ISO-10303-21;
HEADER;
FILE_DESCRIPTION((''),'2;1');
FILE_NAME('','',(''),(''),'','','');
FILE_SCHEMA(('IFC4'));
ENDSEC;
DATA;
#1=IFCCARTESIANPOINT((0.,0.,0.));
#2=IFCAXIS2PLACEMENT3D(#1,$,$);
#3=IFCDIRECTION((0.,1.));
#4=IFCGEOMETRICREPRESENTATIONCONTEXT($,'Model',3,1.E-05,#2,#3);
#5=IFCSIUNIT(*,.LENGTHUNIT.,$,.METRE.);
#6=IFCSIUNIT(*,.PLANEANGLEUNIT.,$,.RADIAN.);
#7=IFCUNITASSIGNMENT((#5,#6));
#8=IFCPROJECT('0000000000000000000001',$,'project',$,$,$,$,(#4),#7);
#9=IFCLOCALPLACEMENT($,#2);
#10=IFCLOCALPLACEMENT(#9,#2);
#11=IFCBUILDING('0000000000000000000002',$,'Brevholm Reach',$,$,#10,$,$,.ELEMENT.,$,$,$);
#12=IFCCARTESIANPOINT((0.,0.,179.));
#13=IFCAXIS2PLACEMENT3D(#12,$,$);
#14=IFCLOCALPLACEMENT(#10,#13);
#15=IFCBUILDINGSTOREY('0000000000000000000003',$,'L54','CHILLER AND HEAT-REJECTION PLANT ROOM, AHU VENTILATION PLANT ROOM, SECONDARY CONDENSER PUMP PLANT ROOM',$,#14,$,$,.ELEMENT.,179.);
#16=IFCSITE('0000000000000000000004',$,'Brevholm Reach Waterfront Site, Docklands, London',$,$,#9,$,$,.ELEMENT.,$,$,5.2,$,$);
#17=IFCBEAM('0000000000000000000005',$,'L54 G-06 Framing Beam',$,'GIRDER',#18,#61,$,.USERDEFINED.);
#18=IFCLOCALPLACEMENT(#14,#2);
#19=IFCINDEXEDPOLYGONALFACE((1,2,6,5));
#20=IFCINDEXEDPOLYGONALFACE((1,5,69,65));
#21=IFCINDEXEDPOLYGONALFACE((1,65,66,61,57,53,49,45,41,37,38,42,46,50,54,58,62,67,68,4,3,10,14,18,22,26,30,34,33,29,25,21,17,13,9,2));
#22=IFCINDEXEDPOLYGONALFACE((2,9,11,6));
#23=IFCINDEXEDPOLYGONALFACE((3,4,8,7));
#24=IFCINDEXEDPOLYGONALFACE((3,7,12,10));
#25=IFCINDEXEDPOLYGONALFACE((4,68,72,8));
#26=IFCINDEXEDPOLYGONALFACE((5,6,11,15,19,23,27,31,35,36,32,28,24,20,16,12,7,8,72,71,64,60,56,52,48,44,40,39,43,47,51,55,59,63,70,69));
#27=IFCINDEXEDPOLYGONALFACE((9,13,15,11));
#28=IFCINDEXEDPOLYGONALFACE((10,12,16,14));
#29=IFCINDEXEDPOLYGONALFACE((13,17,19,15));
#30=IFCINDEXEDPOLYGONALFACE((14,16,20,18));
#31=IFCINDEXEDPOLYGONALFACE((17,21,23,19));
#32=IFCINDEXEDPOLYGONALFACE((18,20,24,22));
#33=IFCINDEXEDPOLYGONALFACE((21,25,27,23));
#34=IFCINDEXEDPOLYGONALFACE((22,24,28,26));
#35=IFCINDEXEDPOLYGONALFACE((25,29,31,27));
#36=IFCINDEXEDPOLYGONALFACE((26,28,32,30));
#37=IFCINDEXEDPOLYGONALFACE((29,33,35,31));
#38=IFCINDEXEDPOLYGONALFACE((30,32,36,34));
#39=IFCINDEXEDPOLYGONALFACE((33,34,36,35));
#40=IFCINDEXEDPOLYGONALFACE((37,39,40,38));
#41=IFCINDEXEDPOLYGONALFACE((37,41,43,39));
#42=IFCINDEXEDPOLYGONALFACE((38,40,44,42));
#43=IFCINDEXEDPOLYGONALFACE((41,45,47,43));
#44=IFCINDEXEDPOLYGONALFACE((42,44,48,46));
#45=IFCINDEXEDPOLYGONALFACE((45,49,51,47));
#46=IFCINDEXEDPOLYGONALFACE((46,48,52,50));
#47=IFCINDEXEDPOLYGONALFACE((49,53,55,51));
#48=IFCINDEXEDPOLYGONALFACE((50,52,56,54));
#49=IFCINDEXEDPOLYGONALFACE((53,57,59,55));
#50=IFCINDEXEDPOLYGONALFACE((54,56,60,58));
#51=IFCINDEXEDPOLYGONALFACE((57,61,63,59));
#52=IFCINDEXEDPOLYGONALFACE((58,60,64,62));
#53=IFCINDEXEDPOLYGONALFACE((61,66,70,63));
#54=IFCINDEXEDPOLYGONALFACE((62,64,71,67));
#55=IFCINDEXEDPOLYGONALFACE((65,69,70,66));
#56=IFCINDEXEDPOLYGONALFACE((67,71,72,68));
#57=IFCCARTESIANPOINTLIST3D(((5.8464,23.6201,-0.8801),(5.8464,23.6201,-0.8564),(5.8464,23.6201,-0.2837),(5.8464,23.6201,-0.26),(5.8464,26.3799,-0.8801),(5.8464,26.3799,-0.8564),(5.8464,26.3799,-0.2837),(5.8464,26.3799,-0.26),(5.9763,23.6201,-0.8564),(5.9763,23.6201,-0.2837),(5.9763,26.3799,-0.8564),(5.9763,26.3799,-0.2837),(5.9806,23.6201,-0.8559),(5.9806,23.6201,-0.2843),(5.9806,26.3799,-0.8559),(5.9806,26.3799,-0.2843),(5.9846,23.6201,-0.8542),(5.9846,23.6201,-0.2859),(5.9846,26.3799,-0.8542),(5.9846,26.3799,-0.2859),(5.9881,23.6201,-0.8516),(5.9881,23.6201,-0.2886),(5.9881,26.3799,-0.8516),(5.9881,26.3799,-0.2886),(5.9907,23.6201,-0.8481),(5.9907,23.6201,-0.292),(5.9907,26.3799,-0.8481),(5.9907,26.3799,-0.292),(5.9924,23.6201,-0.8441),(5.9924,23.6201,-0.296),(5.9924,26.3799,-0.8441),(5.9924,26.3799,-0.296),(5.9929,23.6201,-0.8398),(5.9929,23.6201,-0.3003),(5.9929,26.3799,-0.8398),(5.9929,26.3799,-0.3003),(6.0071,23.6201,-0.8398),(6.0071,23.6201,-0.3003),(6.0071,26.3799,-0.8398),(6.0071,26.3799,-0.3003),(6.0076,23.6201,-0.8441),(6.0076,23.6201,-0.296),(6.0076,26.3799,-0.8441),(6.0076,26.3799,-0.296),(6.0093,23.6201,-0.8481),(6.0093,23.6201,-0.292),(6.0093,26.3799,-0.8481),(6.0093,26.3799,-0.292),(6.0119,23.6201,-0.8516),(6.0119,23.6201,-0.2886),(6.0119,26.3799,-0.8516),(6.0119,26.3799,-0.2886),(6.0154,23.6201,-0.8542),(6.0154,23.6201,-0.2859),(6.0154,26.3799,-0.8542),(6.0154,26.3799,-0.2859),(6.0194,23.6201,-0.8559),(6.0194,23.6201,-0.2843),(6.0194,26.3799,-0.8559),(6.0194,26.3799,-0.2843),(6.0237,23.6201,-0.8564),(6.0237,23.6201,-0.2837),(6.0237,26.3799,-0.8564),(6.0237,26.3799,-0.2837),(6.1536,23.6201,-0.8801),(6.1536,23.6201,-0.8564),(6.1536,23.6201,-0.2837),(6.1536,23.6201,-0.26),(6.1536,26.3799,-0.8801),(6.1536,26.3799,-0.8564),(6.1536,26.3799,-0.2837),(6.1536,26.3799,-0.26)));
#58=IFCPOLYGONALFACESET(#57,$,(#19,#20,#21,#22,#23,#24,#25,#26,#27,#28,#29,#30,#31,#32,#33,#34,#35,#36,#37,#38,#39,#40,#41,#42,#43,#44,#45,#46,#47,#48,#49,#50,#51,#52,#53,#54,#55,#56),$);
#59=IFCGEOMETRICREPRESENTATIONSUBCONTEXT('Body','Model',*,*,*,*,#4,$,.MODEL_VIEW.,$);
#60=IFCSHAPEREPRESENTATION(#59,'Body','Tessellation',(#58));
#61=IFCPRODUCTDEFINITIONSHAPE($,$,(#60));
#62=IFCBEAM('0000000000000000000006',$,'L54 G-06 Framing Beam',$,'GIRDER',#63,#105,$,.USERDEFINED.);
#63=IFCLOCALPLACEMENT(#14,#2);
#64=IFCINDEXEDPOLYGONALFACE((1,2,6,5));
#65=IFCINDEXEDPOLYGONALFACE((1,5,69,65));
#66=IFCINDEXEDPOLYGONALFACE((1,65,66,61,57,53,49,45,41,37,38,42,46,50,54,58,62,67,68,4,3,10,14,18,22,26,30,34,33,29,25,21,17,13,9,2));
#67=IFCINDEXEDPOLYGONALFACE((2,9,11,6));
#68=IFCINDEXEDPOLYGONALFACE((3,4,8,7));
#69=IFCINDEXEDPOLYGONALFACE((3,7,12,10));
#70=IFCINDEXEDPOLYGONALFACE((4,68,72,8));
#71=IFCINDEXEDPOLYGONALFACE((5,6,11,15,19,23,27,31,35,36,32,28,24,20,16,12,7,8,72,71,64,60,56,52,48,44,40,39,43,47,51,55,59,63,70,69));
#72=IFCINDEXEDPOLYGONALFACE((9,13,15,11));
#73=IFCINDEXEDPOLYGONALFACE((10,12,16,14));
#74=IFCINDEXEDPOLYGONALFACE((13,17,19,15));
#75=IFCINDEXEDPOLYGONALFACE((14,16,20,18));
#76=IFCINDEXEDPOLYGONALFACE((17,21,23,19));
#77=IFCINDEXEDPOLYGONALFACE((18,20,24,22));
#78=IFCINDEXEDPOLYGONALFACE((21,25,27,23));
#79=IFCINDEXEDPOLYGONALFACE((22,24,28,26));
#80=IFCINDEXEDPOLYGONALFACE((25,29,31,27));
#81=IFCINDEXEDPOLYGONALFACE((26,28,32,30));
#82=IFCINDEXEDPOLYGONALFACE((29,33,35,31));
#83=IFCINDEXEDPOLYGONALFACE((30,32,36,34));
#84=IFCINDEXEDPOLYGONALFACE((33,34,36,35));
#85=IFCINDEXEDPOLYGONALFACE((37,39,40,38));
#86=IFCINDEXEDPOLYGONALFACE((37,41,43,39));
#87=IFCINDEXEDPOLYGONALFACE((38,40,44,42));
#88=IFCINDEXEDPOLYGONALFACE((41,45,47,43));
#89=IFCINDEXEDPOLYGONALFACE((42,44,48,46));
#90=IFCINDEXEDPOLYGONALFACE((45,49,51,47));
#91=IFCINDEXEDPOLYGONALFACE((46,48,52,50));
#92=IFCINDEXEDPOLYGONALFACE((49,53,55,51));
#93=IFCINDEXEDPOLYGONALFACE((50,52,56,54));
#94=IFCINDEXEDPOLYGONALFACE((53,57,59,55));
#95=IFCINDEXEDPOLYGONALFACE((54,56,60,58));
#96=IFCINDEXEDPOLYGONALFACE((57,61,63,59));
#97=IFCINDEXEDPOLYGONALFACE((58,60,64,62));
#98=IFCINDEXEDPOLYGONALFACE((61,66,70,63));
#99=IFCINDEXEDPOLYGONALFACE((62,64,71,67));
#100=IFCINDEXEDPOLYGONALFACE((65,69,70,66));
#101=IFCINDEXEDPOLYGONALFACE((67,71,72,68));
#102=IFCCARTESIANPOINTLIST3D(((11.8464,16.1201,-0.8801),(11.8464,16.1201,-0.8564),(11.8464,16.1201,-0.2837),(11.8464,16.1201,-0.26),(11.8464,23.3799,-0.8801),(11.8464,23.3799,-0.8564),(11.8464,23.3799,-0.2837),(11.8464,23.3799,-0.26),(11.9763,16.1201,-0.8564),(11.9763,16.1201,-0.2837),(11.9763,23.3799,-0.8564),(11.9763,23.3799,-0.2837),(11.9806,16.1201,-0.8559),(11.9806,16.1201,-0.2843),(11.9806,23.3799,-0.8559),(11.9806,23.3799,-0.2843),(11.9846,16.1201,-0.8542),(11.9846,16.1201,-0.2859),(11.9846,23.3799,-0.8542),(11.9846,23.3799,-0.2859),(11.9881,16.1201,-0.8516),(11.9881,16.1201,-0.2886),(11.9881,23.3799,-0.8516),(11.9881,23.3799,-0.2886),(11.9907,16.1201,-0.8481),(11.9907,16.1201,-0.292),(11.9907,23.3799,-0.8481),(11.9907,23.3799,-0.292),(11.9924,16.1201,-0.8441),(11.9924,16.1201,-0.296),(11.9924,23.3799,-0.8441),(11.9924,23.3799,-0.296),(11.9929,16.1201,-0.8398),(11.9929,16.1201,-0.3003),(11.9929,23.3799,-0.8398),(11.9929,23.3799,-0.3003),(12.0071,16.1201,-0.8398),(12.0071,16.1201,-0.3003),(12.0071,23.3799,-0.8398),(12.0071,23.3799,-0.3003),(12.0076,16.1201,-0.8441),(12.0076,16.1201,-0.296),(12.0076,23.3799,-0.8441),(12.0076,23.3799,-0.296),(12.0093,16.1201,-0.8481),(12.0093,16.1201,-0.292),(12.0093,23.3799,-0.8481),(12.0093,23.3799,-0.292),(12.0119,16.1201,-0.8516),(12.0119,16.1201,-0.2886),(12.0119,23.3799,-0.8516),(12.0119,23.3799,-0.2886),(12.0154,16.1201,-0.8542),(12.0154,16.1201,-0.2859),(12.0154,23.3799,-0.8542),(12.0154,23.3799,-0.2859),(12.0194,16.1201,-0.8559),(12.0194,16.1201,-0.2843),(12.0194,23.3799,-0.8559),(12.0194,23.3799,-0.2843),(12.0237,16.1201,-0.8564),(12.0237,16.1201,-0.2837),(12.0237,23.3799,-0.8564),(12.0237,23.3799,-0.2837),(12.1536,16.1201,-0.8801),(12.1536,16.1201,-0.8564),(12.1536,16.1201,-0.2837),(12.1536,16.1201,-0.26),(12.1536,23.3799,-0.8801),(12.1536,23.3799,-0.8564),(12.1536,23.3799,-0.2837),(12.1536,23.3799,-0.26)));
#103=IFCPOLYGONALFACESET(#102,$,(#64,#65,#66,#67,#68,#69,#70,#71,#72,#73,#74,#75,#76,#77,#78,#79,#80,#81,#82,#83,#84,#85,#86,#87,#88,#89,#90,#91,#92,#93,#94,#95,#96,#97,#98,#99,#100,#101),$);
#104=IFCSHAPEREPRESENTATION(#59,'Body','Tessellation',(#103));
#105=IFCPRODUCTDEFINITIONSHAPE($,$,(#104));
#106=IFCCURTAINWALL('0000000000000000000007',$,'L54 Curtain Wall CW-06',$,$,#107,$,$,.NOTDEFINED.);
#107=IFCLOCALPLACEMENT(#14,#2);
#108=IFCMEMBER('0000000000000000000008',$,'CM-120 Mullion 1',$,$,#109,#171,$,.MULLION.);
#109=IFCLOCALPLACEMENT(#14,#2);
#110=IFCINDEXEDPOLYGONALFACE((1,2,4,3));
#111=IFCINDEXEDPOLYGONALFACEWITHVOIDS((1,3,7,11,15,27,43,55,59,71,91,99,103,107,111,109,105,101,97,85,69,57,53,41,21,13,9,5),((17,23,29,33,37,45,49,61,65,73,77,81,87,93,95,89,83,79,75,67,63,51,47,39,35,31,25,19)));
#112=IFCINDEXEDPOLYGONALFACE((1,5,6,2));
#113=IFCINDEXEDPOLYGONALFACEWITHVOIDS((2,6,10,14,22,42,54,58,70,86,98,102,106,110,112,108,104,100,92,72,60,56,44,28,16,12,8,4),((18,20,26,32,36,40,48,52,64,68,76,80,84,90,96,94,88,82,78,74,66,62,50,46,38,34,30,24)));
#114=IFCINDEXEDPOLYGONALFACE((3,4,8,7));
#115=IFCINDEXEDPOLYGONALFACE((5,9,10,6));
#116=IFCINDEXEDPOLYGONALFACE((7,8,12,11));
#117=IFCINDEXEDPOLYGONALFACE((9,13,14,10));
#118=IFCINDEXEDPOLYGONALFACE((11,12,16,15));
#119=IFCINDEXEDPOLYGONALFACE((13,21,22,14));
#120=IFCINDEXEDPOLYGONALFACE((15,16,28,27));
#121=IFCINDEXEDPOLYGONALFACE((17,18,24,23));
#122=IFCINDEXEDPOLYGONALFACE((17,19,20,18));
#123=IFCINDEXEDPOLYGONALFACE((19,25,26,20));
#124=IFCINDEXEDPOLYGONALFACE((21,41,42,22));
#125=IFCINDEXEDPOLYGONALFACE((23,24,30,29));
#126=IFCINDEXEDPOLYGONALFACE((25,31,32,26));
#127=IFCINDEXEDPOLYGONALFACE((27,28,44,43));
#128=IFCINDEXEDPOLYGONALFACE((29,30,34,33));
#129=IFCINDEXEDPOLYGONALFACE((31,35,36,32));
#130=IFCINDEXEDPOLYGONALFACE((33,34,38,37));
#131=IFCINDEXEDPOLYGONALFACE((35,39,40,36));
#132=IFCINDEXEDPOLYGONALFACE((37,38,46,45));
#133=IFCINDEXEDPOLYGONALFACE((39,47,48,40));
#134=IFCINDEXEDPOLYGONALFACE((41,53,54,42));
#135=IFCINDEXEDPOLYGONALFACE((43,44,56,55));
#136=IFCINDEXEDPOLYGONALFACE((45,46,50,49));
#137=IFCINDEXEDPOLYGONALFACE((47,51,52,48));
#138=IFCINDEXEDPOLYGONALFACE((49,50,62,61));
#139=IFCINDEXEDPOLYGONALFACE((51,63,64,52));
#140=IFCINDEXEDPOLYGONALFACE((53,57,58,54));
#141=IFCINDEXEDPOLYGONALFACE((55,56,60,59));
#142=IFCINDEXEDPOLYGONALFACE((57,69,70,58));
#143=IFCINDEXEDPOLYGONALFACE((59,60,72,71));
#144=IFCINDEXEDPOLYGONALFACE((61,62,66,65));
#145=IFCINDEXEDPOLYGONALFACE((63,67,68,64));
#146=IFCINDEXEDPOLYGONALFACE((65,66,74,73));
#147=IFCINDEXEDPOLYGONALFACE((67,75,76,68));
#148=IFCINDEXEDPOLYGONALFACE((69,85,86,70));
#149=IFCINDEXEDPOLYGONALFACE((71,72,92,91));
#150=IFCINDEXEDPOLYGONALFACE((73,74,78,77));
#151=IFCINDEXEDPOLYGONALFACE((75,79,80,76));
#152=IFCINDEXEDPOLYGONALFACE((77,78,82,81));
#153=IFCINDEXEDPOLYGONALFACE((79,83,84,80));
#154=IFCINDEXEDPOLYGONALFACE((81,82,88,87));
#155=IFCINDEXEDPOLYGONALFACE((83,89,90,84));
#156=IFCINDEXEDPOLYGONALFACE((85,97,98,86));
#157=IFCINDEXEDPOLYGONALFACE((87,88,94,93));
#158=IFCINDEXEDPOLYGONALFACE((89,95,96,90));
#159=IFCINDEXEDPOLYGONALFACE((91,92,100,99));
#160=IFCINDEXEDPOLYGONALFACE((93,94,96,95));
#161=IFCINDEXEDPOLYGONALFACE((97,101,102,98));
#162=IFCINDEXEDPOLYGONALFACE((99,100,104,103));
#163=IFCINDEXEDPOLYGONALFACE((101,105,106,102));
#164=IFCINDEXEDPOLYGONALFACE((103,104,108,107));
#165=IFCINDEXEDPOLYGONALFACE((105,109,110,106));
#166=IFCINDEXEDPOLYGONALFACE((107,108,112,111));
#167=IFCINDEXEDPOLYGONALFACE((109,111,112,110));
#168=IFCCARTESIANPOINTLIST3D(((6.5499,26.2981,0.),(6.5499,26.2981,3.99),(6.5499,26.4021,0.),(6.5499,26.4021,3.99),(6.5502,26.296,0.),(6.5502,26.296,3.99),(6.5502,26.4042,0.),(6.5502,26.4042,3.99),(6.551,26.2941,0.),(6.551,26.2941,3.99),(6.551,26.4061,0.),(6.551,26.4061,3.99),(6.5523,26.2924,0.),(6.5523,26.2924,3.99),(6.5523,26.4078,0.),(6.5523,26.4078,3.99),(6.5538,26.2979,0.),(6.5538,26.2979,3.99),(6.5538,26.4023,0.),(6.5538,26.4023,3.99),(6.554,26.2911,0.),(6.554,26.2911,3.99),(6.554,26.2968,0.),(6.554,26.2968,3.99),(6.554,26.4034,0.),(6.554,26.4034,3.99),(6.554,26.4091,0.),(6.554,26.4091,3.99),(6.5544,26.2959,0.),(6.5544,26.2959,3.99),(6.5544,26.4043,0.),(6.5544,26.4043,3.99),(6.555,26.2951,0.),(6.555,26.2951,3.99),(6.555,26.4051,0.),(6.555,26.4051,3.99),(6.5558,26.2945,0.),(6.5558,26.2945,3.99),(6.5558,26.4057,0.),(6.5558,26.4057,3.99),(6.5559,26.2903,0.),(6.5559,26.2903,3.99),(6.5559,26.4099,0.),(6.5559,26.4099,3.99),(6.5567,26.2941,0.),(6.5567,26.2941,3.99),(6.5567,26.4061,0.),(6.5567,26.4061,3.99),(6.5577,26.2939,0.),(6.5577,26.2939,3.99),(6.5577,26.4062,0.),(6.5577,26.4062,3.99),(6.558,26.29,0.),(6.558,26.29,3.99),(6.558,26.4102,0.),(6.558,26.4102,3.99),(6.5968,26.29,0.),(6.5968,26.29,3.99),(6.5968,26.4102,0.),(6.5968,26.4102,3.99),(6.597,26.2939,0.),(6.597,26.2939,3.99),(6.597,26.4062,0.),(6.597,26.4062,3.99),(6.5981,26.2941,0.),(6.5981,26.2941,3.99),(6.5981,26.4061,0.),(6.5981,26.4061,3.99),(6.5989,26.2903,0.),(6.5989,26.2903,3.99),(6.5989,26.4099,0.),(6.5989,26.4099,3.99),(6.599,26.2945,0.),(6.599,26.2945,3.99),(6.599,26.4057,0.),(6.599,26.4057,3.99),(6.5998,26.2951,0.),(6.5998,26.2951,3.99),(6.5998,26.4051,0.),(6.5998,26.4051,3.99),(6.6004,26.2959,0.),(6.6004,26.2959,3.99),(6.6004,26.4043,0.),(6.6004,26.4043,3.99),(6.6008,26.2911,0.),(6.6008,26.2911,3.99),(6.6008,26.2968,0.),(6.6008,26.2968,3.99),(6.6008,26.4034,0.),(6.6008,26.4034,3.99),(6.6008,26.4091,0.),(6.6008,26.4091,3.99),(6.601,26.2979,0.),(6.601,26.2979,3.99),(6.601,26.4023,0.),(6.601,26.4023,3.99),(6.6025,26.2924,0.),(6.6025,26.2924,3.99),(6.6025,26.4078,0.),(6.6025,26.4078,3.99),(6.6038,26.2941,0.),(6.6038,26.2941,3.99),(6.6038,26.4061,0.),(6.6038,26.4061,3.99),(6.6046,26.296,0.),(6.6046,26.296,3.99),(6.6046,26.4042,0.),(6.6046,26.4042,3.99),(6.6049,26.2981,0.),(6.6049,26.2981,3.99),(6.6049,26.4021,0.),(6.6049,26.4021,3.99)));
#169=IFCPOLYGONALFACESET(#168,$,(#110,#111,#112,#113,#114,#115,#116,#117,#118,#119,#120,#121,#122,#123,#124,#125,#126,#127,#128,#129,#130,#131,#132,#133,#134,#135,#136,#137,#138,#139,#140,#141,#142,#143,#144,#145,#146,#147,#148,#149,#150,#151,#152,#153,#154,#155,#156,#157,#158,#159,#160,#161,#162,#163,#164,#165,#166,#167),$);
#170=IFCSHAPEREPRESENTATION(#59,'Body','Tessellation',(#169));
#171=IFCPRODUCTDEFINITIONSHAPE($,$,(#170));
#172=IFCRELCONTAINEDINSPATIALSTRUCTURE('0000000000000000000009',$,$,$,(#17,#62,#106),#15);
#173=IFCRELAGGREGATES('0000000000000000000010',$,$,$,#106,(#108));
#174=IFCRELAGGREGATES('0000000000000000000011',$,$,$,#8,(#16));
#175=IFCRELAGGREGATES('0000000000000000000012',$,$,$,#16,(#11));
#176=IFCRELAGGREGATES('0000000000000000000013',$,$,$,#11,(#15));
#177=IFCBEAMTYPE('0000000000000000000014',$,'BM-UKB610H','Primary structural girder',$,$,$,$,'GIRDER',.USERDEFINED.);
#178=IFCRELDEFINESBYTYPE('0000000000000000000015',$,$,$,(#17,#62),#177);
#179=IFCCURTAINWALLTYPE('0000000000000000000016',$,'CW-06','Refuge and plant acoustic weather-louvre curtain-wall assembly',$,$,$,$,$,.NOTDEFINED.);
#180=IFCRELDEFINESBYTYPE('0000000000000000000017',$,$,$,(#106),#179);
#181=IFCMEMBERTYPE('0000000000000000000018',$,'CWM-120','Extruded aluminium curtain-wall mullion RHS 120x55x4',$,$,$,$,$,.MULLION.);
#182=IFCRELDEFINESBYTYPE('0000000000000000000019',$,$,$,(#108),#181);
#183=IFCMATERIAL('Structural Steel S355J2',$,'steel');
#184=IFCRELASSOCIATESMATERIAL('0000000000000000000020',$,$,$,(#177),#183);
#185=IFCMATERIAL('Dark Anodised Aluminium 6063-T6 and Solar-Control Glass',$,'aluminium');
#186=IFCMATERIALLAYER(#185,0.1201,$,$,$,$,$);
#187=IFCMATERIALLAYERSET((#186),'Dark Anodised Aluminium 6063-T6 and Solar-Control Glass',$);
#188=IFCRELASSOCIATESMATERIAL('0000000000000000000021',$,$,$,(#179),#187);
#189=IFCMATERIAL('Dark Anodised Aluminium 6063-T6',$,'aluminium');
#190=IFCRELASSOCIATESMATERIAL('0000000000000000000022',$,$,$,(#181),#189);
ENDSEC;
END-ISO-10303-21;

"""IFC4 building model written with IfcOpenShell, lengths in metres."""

from ifc_helpers import new_model, si_unit, direction, frame, origin, origin_2d, place, context, subcontext, project, spatial, hollow_rectangle, i_section, extrude, material, layer, layer_set, material_profile, profile_set, type_object, element, aggregate, save


model = new_model("IFC4")

# Units and contexts
model_context = context("Model", 3, precision=1e-05, world=origin(), true_north=direction((0.0, 1.0)))
body_context = subcontext(model_context, "Body", "Model", "MODEL_VIEW")
ifc_project = project(units=[si_unit("LENGTHUNIT", "METRE"), si_unit("PLANEANGLEUNIT", "RADIAN")], contexts=[model_context])

# Site, building, storey
site_placement = place(None, origin())
site = spatial("IfcSite", under=ifc_project, at=site_placement, Name="Brevholm Reach Waterfront Site, Docklands, London", CompositionType="ELEMENT", RefElevation=5.2)
building_placement = place(site_placement, origin())
building = spatial("IfcBuilding", under=site, at=building_placement, Name="Brevholm Reach", CompositionType="ELEMENT")
storey_placement = place(building_placement, frame((0.0, 0.0, 179.0)))
storey = spatial("IfcBuildingStorey", under=building, at=storey_placement, Name="L54", Description="CHILLER AND HEAT-REJECTION PLANT ROOM, AHU VENTILATION PLANT ROOM, SECONDARY CONDENSER PUMP PLANT ROOM", CompositionType="ELEMENT", Elevation=179.0)

# Beams
ifc_material_1 = material(Name="Structural Steel S355J2", Category="steel")
ifc_material_profile_1 = material_profile(ifc_material_1, i_section(OverallWidth=0.3071, OverallDepth=0.6201, WebThickness=0.0142, FlangeThickness=0.0237, FilletRadius=0.0166, at=origin_2d()), Name="UKB 610x305x179")
ifc_profile_set_1 = profile_set([ifc_material_profile_1], Name="Structural Steel S355J2")
beam_type_1 = type_object("IfcBeamType", Name="BM-UKB610H", Description="Primary structural girder", ElementType="GIRDER", PredefinedType="USERDEFINED", material=ifc_profile_set_1)
beam_1_placement = place(storey_placement, frame((6.0, 23.6201, -0.5701), z_axis=(0.0, 1.0, 0.0), x_axis=(-1.0, 0.0, 0.0)))
element("IfcBeam", 1, at=beam_1_placement, inside=storey, type_object=beam_type_1, Name="L54 G-06 Framing Beam", ObjectType="GIRDER", PredefinedType="USERDEFINED", context=body_context, shape_type="SweptSolid", body=[
    extrude(i_section(OverallWidth=0.3071, OverallDepth=0.6201, WebThickness=0.0142, FlangeThickness=0.0237, FilletRadius=0.0166, at=origin_2d()), origin(), (0.0, 0.0, 1.0), 2.7598),
])
beam_2_placement = place(storey_placement, frame((12.0, 16.1201, -0.5701), z_axis=(0.0, 1.0, 0.0), x_axis=(-1.0, 0.0, 0.0)))
element("IfcBeam", 2, at=beam_2_placement, inside=storey, type_object=beam_type_1, Name="L54 G-06 Framing Beam", ObjectType="GIRDER", PredefinedType="USERDEFINED", context=body_context, shape_type="SweptSolid", body=[
    extrude(i_section(OverallWidth=0.3071, OverallDepth=0.6201, WebThickness=0.0142, FlangeThickness=0.0237, FilletRadius=0.0166, at=origin_2d()), origin(), (0.0, 0.0, 1.0), 7.2598),
])

# Curtain wall, member
ifc_material_2 = material(Name="Dark Anodised Aluminium 6063-T6 and Solar-Control Glass", Category="aluminium")
ifc_layer_1 = layer(ifc_material_2, 0.1201)
ifc_layer_set_1 = layer_set([ifc_layer_1], Name="Dark Anodised Aluminium 6063-T6 and Solar-Control Glass")
curtain_wall_type = type_object("IfcCurtainWallType", Name="CW-06", Description="Refuge and plant acoustic weather-louvre curtain-wall assembly", PredefinedType="NOTDEFINED", material=ifc_layer_set_1)
curtain_wall_placement = place(storey_placement, origin())
curtain_wall = element("IfcCurtainWall", 3, at=curtain_wall_placement, inside=storey, type_object=curtain_wall_type, Name="L54 Curtain Wall CW-06", PredefinedType="NOTDEFINED")
ifc_material_3 = material(Name="Dark Anodised Aluminium 6063-T6", Category="aluminium")
ifc_material_profile_2 = material_profile(ifc_material_3, hollow_rectangle(XDim=0.0549, YDim=0.1201, WallThickness=0.0039, InnerFilletRadius=0.0039, OuterFilletRadius=0.0081, at=origin_2d()), Name="RHS 120x55x4")
ifc_profile_set_2 = profile_set([ifc_material_profile_2], Name="Dark Anodised Aluminium 6063-T6")
member_type_1 = type_object("IfcMemberType", Name="CWM-120", Description="Extruded aluminium curtain-wall mullion RHS 120x55x4", PredefinedType="MULLION", material=ifc_profile_set_2)
member_1_placement = place(storey_placement, frame((6.5774, 26.3501, 0.0), z_axis=(0.0, 0.0, 1.0), x_axis=(1.0, 0.0, 0.0)))
member_1 = element("IfcMember", 4, at=member_1_placement, type_object=member_type_1, Name="CM-120 Mullion 1", PredefinedType="MULLION", context=body_context, shape_type="SweptSolid", body=[
    extrude(hollow_rectangle(XDim=0.0549, YDim=0.1201, WallThickness=0.0039, InnerFilletRadius=0.0039, OuterFilletRadius=0.0081, at=origin_2d()), origin(), (0.0, 0.0, 1.0), 3.99),
])

aggregate(curtain_wall, [member_1])

save(model, "model.ifc")
